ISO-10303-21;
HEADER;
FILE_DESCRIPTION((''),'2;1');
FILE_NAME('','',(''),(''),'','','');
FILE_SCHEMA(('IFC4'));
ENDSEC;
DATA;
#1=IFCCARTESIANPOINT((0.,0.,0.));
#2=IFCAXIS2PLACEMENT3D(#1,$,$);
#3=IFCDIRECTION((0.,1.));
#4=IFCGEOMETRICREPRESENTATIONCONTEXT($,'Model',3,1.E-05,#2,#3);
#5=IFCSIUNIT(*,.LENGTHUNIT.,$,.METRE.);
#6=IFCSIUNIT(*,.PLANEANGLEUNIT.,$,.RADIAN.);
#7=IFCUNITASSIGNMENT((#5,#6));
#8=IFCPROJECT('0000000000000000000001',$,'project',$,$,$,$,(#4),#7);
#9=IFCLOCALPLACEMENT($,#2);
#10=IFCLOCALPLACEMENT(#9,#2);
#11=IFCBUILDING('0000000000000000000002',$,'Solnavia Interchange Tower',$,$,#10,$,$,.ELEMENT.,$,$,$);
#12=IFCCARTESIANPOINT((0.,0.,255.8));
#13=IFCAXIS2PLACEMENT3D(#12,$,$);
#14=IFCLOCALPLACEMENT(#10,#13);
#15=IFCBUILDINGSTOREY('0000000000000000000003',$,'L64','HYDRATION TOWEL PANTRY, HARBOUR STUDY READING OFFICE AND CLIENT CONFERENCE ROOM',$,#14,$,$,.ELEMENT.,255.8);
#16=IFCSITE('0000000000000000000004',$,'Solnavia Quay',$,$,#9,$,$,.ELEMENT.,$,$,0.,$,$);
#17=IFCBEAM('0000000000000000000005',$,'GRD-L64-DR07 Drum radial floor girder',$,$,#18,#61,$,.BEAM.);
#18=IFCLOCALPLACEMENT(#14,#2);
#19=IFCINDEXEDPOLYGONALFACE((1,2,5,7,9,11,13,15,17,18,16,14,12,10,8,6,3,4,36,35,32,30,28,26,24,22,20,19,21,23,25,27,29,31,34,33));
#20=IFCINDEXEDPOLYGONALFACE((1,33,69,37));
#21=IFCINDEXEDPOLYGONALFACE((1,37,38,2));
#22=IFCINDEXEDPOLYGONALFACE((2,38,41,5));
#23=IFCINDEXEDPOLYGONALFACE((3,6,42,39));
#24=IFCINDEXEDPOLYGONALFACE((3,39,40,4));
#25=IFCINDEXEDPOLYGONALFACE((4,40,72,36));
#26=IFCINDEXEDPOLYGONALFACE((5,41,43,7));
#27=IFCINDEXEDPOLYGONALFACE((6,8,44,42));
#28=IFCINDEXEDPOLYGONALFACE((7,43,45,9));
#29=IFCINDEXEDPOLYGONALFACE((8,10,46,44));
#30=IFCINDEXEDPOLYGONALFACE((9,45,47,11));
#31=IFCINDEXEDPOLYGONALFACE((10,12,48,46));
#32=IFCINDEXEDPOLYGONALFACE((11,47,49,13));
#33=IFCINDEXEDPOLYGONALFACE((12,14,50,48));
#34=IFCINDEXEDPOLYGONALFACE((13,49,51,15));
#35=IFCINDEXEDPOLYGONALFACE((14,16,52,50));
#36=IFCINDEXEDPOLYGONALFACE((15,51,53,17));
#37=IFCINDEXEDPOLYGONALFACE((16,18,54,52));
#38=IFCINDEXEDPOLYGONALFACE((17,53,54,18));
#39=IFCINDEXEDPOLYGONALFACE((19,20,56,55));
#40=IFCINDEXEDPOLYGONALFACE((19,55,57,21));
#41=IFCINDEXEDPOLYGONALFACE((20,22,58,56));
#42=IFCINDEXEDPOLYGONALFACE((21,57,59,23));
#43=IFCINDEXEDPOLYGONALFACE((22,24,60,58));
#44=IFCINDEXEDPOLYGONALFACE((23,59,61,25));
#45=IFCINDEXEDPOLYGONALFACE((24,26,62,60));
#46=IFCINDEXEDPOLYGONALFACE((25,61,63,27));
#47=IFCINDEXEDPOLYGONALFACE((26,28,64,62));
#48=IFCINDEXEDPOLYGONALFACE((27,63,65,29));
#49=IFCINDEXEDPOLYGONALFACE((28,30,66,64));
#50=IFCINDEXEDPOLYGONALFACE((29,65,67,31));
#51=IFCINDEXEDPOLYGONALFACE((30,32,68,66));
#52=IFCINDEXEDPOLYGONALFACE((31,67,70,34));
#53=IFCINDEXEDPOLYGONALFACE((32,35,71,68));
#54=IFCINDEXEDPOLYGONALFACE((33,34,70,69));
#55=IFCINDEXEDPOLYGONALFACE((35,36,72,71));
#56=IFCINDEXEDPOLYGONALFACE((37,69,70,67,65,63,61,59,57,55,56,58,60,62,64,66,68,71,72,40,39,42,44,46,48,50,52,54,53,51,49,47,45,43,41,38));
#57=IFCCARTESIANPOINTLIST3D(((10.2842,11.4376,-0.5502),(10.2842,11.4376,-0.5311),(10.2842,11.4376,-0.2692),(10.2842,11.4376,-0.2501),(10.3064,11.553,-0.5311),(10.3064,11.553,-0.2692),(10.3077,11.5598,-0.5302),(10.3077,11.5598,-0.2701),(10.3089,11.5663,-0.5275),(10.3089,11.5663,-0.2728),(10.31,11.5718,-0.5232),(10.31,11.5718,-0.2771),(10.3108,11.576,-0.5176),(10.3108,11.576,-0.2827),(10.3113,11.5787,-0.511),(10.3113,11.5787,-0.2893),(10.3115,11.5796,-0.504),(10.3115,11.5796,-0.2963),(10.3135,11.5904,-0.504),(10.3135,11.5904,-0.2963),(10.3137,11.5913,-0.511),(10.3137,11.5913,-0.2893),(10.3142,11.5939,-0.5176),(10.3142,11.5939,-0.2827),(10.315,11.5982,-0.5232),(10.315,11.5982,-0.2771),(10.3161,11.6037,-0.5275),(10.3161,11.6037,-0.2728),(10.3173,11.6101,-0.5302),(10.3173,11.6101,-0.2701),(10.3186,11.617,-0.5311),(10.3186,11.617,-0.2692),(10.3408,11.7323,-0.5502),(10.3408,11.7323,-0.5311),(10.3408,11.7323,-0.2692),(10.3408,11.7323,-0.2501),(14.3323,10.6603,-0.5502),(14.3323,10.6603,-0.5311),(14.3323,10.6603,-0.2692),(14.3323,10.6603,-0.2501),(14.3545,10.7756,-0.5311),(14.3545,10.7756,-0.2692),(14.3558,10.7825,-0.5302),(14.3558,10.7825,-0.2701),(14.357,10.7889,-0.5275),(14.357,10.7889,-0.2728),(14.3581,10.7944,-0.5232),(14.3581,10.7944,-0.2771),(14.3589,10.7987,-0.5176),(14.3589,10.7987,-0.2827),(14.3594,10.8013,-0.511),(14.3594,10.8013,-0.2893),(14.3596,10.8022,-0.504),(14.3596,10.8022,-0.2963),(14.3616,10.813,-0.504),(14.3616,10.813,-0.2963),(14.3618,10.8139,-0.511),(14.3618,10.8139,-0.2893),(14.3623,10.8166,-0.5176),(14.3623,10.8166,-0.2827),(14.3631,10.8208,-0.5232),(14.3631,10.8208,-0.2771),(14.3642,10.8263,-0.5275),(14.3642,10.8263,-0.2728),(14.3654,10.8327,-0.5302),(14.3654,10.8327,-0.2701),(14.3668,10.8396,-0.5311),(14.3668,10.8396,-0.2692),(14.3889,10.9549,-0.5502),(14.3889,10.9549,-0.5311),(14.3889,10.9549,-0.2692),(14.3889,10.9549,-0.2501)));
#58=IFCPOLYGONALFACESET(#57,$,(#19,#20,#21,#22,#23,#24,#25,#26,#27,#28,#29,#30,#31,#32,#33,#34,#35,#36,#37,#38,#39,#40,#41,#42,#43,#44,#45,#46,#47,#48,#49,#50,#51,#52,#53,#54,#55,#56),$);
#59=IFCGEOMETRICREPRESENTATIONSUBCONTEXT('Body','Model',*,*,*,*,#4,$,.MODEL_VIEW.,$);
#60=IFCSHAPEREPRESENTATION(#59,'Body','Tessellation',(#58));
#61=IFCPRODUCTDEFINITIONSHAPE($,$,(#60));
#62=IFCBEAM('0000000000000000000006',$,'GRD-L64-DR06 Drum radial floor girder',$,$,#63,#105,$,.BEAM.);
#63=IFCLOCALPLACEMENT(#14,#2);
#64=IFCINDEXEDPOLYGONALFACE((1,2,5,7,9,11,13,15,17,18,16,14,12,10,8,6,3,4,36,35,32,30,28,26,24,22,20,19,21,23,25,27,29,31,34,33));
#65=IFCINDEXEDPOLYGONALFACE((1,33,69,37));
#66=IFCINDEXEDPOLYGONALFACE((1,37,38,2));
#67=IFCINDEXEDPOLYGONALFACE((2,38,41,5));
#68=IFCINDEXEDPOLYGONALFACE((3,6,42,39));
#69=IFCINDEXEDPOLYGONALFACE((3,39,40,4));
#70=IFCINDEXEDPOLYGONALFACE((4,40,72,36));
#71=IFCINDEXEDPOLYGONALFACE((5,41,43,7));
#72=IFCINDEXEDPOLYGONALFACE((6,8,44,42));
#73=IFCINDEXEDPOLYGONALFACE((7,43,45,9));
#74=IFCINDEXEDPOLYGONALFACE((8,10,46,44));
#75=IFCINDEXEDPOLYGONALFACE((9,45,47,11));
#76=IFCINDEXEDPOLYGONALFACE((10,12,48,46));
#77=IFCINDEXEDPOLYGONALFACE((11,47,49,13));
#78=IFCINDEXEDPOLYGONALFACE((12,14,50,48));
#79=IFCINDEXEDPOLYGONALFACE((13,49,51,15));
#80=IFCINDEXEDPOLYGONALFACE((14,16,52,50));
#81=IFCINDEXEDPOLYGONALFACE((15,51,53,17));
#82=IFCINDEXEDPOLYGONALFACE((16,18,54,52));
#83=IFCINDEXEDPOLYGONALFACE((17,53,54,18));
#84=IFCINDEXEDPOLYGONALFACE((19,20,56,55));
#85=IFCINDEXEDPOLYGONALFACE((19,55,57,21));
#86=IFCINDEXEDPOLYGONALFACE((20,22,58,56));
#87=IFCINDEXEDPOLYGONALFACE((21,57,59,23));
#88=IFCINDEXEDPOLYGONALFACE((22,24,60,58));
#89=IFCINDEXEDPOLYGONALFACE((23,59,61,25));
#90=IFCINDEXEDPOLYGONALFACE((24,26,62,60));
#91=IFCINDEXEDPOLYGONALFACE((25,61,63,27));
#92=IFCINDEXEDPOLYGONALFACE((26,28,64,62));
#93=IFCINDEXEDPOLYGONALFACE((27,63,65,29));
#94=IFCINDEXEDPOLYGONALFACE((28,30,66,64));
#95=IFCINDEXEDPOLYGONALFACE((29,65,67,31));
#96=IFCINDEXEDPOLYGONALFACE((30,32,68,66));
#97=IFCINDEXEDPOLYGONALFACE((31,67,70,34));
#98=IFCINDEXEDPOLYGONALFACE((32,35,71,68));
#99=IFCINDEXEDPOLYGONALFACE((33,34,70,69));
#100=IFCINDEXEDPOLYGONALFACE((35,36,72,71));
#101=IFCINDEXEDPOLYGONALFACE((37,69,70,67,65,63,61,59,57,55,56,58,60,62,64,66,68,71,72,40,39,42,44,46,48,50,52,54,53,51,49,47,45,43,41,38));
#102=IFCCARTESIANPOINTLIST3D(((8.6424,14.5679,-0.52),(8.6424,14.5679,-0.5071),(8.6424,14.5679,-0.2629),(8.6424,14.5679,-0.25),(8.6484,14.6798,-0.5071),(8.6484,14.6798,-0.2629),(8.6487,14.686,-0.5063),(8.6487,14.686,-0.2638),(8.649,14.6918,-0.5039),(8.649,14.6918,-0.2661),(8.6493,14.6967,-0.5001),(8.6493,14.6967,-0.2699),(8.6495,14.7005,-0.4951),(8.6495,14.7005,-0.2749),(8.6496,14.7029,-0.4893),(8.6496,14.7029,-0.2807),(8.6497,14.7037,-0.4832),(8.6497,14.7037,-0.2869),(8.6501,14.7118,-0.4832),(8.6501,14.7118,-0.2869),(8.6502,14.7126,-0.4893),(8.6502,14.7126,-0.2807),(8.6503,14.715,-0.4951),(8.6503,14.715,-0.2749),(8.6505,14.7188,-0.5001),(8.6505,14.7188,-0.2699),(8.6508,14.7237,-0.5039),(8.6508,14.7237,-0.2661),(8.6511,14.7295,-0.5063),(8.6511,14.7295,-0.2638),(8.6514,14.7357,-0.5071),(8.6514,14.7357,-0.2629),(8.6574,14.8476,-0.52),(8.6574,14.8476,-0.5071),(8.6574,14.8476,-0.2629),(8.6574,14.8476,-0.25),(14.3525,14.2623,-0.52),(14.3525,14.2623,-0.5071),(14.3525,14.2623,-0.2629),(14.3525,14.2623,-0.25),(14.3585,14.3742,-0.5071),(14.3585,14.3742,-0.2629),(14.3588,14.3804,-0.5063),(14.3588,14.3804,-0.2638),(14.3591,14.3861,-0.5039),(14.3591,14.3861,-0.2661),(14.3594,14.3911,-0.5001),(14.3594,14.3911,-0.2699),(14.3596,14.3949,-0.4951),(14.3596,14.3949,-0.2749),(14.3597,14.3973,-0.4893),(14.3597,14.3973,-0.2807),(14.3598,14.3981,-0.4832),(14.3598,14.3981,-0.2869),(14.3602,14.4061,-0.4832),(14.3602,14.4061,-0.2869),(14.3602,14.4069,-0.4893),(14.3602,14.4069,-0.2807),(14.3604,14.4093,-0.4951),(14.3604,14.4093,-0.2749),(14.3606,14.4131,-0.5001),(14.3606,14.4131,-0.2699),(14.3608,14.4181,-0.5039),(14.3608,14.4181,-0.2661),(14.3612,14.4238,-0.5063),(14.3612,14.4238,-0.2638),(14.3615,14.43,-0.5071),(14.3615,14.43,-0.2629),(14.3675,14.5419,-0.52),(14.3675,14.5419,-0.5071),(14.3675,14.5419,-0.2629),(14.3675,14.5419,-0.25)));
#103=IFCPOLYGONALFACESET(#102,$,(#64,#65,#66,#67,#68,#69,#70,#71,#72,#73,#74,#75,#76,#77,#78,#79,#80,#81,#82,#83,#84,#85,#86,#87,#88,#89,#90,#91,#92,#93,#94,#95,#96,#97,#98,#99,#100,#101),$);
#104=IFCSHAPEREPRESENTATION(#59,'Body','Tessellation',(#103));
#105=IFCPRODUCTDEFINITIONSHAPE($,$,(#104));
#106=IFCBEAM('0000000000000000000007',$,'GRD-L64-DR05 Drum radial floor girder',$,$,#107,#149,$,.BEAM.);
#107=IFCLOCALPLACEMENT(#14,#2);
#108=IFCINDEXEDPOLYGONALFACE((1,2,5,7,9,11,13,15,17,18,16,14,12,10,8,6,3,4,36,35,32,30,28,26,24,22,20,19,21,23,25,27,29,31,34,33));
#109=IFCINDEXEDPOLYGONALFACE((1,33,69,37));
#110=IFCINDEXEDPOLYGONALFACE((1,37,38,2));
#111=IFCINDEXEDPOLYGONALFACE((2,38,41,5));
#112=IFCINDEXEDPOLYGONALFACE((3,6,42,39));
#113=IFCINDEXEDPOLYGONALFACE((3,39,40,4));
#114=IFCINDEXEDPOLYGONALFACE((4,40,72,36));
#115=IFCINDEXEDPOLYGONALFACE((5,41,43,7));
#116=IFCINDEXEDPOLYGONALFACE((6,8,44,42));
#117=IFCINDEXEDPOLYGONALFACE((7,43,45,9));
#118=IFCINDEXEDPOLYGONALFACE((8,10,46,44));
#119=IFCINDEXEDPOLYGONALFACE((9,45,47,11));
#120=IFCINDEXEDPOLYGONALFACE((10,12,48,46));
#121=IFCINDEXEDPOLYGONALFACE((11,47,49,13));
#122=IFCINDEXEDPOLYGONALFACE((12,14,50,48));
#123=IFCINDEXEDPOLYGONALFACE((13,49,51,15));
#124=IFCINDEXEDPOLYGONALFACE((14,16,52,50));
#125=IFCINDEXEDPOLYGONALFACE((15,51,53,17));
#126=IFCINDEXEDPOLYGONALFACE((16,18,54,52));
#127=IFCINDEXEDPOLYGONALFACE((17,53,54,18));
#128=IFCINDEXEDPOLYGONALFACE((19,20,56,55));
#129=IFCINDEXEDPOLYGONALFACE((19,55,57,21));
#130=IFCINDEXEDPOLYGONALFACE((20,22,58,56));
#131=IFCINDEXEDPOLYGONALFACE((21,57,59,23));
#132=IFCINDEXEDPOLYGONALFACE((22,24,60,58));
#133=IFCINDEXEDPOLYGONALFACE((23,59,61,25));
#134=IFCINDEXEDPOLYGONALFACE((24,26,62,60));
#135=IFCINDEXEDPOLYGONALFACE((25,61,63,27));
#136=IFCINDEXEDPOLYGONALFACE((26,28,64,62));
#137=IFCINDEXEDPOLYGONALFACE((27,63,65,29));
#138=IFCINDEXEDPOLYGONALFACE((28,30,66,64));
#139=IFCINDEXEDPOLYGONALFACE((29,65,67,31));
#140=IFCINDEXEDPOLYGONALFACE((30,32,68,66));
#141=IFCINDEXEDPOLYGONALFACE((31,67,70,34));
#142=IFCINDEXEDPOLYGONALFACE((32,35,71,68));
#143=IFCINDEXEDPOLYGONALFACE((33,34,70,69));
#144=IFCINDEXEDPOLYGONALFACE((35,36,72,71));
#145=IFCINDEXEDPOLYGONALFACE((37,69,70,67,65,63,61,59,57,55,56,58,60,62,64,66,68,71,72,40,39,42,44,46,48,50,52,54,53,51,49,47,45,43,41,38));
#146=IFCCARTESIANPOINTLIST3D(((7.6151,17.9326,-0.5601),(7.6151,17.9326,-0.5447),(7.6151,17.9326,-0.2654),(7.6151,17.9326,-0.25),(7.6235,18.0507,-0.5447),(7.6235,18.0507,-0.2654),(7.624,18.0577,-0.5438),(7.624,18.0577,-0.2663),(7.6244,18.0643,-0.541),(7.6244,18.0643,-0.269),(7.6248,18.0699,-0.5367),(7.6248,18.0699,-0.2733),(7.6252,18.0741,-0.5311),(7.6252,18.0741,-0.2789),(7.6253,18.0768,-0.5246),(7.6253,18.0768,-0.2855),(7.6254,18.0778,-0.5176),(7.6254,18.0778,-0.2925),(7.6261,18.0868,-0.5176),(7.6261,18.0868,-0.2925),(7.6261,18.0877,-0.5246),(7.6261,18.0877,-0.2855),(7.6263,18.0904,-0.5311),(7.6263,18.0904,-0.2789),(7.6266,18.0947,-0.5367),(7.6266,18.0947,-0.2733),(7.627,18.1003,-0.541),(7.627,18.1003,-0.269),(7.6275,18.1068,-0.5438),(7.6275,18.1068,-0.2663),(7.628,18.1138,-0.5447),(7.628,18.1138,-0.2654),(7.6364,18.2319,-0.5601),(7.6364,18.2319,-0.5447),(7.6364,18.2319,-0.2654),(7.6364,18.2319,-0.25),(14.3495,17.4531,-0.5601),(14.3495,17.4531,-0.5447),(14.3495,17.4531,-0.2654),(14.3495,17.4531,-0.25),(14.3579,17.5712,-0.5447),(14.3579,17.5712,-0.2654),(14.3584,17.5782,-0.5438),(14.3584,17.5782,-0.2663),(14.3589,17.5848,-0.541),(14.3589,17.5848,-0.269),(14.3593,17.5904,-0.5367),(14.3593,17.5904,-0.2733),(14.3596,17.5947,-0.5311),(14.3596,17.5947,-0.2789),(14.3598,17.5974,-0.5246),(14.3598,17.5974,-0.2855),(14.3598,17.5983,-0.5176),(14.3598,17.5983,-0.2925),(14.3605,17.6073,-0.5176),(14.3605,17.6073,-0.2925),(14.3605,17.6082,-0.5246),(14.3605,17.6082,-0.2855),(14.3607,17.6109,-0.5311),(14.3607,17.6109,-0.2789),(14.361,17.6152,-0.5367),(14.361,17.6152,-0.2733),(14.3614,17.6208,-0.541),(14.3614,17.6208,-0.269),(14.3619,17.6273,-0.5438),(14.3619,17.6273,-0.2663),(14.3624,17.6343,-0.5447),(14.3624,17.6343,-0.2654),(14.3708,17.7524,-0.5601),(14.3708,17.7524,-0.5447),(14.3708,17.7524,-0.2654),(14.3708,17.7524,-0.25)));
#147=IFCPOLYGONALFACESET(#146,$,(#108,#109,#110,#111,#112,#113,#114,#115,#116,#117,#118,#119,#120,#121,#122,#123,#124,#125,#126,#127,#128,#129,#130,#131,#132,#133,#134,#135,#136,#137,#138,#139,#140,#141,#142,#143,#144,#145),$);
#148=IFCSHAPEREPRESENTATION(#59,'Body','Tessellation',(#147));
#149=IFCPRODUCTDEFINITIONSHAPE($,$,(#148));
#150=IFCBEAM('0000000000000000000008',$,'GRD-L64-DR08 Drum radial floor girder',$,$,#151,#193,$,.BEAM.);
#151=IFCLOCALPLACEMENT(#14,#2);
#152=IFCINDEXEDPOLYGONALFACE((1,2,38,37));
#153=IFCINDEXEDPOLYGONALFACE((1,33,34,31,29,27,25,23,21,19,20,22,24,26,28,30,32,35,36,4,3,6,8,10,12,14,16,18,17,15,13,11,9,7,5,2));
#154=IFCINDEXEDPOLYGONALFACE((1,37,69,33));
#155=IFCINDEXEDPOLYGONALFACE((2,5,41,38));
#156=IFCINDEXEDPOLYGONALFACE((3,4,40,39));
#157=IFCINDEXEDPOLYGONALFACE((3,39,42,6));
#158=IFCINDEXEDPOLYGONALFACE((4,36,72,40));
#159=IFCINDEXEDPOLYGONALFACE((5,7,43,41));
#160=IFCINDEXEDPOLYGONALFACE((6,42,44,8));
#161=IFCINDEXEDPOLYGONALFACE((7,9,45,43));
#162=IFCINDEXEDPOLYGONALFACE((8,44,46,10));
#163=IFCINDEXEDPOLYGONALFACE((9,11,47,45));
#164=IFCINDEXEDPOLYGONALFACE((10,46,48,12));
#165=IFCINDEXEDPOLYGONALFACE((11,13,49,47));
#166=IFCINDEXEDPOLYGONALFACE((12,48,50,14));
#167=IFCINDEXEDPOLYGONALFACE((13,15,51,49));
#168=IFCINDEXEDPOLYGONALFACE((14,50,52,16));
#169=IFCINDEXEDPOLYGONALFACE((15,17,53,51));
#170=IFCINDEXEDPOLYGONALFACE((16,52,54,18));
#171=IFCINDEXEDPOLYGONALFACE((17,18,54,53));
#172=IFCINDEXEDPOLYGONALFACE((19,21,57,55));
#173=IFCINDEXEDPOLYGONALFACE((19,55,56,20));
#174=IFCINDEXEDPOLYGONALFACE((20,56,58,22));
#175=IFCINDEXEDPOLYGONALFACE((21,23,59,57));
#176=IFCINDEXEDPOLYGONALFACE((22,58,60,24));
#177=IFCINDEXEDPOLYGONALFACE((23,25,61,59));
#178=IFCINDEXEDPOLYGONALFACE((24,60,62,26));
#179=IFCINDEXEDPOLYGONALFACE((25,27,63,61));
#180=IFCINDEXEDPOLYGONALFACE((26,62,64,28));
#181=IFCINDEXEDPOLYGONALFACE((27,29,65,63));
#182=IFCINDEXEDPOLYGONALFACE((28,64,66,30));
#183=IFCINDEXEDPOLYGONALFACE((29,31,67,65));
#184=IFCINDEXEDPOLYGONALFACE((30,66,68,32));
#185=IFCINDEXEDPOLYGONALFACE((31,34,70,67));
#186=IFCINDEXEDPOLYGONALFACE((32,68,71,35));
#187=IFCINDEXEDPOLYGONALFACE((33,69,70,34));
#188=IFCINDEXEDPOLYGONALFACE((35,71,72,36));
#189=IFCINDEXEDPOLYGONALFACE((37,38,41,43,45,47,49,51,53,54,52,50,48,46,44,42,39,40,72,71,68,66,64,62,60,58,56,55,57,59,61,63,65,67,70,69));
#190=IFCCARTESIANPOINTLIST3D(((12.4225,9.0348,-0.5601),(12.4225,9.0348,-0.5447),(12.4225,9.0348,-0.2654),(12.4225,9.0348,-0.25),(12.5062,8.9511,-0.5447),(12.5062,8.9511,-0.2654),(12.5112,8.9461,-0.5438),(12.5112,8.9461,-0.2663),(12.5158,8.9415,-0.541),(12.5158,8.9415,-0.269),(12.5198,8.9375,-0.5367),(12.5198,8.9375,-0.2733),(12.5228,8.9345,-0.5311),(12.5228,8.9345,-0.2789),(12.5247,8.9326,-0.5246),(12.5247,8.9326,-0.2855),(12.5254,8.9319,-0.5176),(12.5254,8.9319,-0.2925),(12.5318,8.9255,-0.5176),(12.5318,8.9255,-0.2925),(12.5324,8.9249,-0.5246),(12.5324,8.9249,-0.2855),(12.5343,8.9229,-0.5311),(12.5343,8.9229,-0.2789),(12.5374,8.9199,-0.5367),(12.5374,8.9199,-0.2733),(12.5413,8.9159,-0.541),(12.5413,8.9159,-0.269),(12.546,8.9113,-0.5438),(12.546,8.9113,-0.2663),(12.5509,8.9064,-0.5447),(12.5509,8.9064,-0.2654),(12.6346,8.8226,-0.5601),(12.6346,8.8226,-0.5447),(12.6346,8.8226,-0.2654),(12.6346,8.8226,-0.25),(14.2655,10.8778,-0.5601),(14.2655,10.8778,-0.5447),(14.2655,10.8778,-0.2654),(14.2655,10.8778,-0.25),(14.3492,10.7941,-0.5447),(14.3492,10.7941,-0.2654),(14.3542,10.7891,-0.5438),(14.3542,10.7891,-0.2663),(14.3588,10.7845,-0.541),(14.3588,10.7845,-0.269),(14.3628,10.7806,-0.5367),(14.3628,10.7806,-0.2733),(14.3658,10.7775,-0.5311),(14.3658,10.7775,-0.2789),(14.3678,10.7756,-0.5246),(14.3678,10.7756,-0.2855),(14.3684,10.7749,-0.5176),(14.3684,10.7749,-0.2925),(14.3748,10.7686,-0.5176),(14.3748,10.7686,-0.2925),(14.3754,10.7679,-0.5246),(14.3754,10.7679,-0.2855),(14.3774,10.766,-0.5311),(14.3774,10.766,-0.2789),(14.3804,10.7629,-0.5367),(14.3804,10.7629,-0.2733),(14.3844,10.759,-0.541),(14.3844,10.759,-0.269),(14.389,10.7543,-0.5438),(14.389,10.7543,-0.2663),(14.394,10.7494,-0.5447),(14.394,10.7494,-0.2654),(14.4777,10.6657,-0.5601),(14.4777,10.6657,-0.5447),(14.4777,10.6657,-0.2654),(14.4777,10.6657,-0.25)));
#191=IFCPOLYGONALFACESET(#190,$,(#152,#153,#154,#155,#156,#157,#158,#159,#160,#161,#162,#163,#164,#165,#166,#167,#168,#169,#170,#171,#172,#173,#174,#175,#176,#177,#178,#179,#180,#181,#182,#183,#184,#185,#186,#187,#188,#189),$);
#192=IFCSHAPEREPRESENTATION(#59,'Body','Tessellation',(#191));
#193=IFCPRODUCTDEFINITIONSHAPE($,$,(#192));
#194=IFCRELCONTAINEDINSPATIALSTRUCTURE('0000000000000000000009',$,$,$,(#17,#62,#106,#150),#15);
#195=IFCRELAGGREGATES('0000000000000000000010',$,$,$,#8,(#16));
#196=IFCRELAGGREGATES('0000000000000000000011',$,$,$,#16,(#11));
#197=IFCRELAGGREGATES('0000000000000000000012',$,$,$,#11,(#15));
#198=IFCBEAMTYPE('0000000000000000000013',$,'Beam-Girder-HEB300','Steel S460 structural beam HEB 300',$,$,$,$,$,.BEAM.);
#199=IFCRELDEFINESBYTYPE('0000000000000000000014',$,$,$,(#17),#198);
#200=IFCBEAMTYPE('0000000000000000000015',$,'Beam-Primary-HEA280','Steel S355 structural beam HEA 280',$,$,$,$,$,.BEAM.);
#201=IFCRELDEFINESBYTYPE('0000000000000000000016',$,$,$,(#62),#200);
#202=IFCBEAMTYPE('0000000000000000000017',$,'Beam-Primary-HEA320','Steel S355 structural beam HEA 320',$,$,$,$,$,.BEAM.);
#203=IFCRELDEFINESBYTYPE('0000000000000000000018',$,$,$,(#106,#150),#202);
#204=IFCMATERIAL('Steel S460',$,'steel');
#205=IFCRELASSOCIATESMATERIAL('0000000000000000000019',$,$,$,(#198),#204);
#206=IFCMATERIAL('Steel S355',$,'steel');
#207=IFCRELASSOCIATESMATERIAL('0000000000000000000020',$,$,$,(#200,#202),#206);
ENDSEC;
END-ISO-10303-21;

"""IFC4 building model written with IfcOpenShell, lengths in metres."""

from ifc_helpers import new_model, si_unit, direction, frame, origin, origin_2d, place, context, subcontext, project, spatial, i_section, extrude, material, material_profile, profile_set, type_object, element, save


model = new_model("IFC4")

# Units and contexts
model_context = context("Model", 3, precision=1e-05, world=origin(), true_north=direction((0.0, 1.0)))
body_context = subcontext(model_context, "Body", "Model", "MODEL_VIEW")
ifc_project = project(units=[si_unit("LENGTHUNIT", "METRE"), si_unit("PLANEANGLEUNIT", "RADIAN")], contexts=[model_context])

# Site, building, storey
site_placement = place(None, origin())
site = spatial("IfcSite", under=ifc_project, at=site_placement, Name="Solnavia Quay", CompositionType="ELEMENT", RefElevation=0.0)
building_placement = place(site_placement, origin())
building = spatial("IfcBuilding", under=site, at=building_placement, Name="Solnavia Interchange Tower", CompositionType="ELEMENT")
storey_placement = place(building_placement, frame((0.0, 0.0, 255.8)))
storey = spatial("IfcBuildingStorey", under=building, at=storey_placement, Name="L64", Description="HYDRATION TOWEL PANTRY, HARBOUR STUDY READING OFFICE AND CLIENT CONFERENCE ROOM", CompositionType="ELEMENT", Elevation=255.8)

# Beams
ifc_material_1 = material(Name="Steel S460", Category="steel")
ifc_material_profile_1 = material_profile(ifc_material_1, i_section(OverallWidth=0.3, OverallDepth=0.3, WebThickness=0.011, FlangeThickness=0.019, FilletRadius=0.0271, at=origin_2d()), Name="HEB 300")
ifc_profile_set_1 = profile_set([ifc_material_profile_1], Name="Steel S460")
beam_type_1 = type_object("IfcBeamType", Name="Beam-Girder-HEB300", Description="Steel S460 structural beam HEB 300", PredefinedType="BEAM", material=ifc_profile_set_1)
beam_1_placement = place(storey_placement, frame((10.3125, 11.585, -0.4001), z_axis=(0.982058, -0.188582, 0.0), x_axis=(0.188582, 0.982058, 0.0)))
element("IfcBeam", 1, at=beam_1_placement, inside=storey, type_object=beam_type_1, Name="GRD-L64-DR07 Drum radial floor girder", PredefinedType="BEAM", context=body_context, shape_type="SweptSolid", body=[
    extrude(i_section(OverallWidth=0.3, OverallDepth=0.3, WebThickness=0.011, FlangeThickness=0.019, FilletRadius=0.0271, at=origin_2d()), origin(), (0.0, 0.0, 1.0), 4.1221),
])
ifc_material_2 = material(Name="Steel S355", Category="steel")
ifc_material_profile_2 = material_profile(ifc_material_2, i_section(OverallWidth=0.28, OverallDepth=0.27, WebThickness=0.0081, FlangeThickness=0.0129, FilletRadius=0.0239, at=origin_2d()), Name="HEA 280")
ifc_profile_set_2 = profile_set([ifc_material_profile_2], Name="Steel S355")
beam_type_2 = type_object("IfcBeamType", Name="Beam-Primary-HEA280", Description="Steel S355 structural beam HEA 280", PredefinedType="BEAM", material=ifc_profile_set_2)
beam_2_placement = place(storey_placement, frame((8.6499, 14.7078, -0.385), z_axis=(0.99857, -0.053453, 0.0), x_axis=(0.053453, 0.99857, 0.0)))
element("IfcBeam", 2, at=beam_2_placement, inside=storey, type_object=beam_type_2, Name="GRD-L64-DR06 Drum radial floor girder", PredefinedType="BEAM", context=body_context, shape_type="SweptSolid", body=[
    extrude(i_section(OverallWidth=0.28, OverallDepth=0.27, WebThickness=0.0081, FlangeThickness=0.0129, FilletRadius=0.0239, at=origin_2d()), origin(), (0.0, 0.0, 1.0), 5.7183),
])
ifc_material_profile_3 = material_profile(ifc_material_2, i_section(OverallWidth=0.3, OverallDepth=0.3101, WebThickness=0.009, FlangeThickness=0.0154, FilletRadius=0.0271, at=origin_2d()), Name="HEA 320")
ifc_profile_set_3 = profile_set([ifc_material_profile_3], Name="Steel S355")
beam_type_3 = type_object("IfcBeamType", Name="Beam-Primary-HEA320", Description="Steel S355 structural beam HEA 320", PredefinedType="BEAM", material=ifc_profile_set_3)
beam_3_placement = place(storey_placement, frame((7.6257, 18.0823, -0.405), z_axis=(0.997475, -0.071021, 0.0), x_axis=(0.071021, 0.997475, 0.0)))
element("IfcBeam", 3, at=beam_3_placement, inside=storey, type_object=beam_type_3, Name="GRD-L64-DR05 Drum radial floor girder", PredefinedType="BEAM", context=body_context, shape_type="SweptSolid", body=[
    extrude(i_section(OverallWidth=0.3, OverallDepth=0.3101, WebThickness=0.009, FlangeThickness=0.0154, FilletRadius=0.0271, at=origin_2d()), origin(), (0.0, 0.0, 1.0), 6.7515),
])
beam_4_placement = place(storey_placement, frame((12.5286, 8.9287, -0.405), z_axis=(0.707107, 0.707107, 0.0), x_axis=(-0.707107, 0.707107, 0.0)))
element("IfcBeam", 4, at=beam_4_placement, inside=storey, type_object=beam_type_3, Name="GRD-L64-DR08 Drum radial floor girder", PredefinedType="BEAM", context=body_context, shape_type="SweptSolid", body=[
    extrude(i_section(OverallWidth=0.3, OverallDepth=0.3101, WebThickness=0.009, FlangeThickness=0.0154, FilletRadius=0.0271, at=origin_2d()), origin(), (0.0, 0.0, 1.0), 2.6064),
])

save(model, "model.ifc")
